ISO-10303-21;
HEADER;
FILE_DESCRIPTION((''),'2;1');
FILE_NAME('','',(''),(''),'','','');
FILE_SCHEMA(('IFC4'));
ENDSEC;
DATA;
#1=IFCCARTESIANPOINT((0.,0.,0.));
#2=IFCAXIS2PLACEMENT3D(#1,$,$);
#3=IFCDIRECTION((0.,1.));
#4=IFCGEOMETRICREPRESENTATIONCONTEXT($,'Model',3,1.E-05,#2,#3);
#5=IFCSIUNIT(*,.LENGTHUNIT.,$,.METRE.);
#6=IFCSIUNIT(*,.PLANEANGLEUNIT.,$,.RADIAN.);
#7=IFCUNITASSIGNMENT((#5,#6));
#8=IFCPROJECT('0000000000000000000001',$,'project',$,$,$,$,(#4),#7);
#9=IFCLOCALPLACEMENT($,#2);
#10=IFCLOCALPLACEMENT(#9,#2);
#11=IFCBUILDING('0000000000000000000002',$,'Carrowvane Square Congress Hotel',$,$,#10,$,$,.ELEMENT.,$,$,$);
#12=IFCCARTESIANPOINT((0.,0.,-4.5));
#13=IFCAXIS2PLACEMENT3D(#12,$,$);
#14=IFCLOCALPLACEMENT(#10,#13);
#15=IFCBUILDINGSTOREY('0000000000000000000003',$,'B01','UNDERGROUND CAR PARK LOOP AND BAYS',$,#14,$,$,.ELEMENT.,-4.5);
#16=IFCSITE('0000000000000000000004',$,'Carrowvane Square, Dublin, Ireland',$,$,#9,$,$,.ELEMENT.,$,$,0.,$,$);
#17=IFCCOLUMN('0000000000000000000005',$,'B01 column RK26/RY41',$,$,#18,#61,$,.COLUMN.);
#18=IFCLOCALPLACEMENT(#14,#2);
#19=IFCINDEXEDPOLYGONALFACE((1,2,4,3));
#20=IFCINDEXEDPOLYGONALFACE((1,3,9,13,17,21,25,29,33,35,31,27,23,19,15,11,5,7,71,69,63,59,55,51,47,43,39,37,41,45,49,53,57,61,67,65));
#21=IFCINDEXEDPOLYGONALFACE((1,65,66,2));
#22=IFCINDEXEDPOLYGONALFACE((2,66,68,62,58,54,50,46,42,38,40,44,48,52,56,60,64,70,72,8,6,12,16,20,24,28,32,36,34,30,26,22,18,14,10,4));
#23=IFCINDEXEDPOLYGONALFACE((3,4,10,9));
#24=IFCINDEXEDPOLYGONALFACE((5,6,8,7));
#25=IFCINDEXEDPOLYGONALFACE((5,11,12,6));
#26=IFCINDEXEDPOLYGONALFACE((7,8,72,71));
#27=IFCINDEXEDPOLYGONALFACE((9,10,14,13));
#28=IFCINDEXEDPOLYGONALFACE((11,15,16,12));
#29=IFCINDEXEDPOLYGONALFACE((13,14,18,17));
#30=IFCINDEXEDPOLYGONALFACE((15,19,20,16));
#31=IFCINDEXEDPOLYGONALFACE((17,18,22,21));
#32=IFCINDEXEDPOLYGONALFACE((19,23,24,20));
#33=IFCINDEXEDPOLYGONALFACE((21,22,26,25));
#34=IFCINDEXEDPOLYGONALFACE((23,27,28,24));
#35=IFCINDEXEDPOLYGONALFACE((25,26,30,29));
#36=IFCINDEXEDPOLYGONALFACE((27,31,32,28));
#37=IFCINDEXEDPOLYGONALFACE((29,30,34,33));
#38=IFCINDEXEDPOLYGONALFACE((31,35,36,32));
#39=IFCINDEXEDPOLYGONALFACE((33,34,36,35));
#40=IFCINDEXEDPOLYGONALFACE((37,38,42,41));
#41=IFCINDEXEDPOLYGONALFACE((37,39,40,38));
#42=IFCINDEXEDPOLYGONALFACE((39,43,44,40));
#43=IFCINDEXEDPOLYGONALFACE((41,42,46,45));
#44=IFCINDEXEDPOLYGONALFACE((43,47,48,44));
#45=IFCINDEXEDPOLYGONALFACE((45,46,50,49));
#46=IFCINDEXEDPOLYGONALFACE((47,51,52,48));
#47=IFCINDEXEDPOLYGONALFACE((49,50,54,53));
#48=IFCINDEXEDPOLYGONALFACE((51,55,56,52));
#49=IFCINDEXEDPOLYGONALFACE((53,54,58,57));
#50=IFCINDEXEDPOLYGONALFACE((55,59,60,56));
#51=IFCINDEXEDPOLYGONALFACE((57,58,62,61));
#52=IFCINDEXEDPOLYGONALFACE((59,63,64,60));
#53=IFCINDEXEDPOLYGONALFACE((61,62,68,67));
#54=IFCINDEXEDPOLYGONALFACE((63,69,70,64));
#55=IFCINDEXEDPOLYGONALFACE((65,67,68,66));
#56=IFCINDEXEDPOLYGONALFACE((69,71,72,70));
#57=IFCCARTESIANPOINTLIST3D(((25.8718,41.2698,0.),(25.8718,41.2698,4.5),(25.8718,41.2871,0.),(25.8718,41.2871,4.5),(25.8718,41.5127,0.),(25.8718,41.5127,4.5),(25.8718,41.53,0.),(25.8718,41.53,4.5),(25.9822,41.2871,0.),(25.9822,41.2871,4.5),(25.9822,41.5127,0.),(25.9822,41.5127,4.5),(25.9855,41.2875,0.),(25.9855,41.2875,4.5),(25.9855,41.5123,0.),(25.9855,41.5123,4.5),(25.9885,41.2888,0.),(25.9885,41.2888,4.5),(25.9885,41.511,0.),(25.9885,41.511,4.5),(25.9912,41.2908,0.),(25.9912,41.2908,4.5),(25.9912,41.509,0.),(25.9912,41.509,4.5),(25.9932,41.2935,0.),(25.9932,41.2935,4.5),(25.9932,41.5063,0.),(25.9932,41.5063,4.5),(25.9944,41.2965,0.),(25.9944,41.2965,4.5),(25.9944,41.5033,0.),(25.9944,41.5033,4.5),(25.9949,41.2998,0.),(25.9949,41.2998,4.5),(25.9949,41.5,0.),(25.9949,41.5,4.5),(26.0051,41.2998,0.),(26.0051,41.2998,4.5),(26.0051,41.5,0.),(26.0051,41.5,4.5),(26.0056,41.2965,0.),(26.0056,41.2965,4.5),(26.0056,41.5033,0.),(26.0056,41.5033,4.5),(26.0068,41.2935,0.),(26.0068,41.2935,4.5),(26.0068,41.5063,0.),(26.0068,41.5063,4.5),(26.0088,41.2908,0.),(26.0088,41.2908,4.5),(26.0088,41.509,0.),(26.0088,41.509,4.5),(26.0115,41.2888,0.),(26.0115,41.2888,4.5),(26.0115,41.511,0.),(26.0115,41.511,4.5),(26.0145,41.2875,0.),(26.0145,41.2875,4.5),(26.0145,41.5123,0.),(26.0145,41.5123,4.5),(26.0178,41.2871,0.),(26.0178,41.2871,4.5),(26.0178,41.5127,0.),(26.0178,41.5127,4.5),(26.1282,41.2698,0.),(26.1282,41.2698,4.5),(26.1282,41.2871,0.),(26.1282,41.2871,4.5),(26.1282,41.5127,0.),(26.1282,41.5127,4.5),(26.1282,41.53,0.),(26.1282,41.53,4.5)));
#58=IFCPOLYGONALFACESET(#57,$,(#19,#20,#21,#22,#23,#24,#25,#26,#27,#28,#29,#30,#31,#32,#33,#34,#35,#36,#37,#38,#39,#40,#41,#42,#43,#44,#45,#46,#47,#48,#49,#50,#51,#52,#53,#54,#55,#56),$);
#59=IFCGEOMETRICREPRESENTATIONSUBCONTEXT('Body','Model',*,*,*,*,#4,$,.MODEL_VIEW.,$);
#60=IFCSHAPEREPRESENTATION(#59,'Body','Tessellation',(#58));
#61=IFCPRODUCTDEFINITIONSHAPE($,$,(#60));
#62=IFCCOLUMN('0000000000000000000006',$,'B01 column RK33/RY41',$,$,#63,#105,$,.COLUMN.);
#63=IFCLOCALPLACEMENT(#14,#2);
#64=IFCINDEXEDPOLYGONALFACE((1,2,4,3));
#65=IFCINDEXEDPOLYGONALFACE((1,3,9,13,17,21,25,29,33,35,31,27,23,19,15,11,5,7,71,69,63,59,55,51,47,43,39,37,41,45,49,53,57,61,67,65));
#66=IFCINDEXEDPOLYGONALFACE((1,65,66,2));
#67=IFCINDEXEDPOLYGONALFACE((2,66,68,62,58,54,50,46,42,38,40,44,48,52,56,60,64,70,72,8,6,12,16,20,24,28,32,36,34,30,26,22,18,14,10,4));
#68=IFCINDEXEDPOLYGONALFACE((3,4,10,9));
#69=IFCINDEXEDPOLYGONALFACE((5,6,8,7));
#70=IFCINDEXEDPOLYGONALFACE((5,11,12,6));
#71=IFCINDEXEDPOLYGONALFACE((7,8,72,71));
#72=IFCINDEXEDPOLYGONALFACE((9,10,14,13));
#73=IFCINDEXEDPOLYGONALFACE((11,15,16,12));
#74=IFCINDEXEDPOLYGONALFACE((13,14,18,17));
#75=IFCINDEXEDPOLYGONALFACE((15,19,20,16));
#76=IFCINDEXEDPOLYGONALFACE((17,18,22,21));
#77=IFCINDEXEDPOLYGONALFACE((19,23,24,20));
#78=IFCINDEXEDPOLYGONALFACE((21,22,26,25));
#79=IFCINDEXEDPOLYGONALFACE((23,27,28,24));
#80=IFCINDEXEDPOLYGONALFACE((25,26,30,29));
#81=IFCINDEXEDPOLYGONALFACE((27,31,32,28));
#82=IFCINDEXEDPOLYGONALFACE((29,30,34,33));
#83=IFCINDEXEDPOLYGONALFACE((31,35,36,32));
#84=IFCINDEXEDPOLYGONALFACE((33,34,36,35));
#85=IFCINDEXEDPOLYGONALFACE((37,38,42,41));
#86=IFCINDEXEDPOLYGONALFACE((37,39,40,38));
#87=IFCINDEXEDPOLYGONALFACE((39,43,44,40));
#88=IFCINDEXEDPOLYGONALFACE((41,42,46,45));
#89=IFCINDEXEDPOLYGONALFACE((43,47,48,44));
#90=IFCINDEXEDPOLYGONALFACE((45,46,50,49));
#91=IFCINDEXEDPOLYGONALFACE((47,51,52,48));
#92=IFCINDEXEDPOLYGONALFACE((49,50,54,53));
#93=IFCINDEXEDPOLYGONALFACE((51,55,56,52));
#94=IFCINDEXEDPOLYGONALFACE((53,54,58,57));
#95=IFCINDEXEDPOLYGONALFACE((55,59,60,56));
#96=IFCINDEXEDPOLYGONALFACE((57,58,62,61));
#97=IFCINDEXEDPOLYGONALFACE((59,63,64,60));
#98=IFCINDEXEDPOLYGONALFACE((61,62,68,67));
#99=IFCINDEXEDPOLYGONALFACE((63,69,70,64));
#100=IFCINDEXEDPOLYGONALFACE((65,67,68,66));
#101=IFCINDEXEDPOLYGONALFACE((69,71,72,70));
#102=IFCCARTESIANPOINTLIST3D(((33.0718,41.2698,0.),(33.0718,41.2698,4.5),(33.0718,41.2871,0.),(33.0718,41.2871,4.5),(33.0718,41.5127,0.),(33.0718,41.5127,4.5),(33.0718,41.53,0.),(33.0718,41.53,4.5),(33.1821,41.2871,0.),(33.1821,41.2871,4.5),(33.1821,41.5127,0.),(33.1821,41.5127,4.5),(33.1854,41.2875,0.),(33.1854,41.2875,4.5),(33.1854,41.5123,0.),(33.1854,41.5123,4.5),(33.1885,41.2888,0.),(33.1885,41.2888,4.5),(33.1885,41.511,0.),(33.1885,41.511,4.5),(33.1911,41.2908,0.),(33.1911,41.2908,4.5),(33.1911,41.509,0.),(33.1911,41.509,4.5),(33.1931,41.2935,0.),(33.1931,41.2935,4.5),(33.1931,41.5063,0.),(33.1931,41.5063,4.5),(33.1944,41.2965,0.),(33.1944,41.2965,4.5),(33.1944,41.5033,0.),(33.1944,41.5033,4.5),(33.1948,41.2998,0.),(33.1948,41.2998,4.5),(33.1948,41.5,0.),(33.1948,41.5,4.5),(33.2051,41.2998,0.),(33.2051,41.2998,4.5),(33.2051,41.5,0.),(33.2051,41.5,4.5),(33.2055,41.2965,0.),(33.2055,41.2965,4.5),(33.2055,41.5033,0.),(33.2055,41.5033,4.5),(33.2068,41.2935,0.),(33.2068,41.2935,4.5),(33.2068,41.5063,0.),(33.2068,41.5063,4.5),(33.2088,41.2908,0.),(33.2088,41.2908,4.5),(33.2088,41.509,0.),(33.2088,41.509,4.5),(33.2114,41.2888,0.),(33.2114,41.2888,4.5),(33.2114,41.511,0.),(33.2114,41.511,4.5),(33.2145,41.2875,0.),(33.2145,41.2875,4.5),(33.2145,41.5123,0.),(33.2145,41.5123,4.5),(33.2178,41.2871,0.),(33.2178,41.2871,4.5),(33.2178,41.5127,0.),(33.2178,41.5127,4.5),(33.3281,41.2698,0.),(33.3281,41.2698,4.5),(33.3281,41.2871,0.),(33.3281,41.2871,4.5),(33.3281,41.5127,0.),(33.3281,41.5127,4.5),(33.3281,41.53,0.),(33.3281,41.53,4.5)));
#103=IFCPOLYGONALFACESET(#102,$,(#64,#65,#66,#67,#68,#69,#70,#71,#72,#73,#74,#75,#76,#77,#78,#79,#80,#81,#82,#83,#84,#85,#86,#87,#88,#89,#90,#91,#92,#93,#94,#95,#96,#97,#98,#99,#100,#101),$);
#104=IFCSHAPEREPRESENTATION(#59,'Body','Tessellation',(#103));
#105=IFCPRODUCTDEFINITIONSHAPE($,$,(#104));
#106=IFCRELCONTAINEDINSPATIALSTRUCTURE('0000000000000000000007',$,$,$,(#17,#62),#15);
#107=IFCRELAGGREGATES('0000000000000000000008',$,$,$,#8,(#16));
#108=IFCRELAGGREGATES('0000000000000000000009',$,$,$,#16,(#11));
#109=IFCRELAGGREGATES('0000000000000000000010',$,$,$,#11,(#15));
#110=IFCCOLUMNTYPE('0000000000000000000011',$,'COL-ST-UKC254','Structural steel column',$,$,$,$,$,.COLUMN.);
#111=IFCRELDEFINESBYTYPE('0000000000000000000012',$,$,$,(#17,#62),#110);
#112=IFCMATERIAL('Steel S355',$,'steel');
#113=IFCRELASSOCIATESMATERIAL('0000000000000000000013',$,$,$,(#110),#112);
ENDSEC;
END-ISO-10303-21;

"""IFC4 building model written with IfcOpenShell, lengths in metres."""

from ifc_helpers import new_model, si_unit, direction, frame, origin, origin_2d, place, context, subcontext, project, spatial, i_section, extrude, material, material_profile, profile_set, type_object, element, save


model = new_model("IFC4")

# Units and contexts
model_context = context("Model", 3, precision=1e-05, world=origin(), true_north=direction((0.0, 1.0)))
body_context = subcontext(model_context, "Body", "Model", "MODEL_VIEW")
ifc_project = project(units=[si_unit("LENGTHUNIT", "METRE"), si_unit("PLANEANGLEUNIT", "RADIAN")], contexts=[model_context])

# Site, building, storey
site_placement = place(None, origin())
site = spatial("IfcSite", under=ifc_project, at=site_placement, Name="Carrowvane Square, Dublin, Ireland", CompositionType="ELEMENT", RefElevation=0.0)
building_placement = place(site_placement, origin())
building = spatial("IfcBuilding", under=site, at=building_placement, Name="Carrowvane Square Congress Hotel", CompositionType="ELEMENT")
storey_placement = place(building_placement, frame((0.0, 0.0, -4.5)))
storey = spatial("IfcBuildingStorey", under=building, at=storey_placement, Name="B01", Description="UNDERGROUND CAR PARK LOOP AND BAYS", CompositionType="ELEMENT", Elevation=-4.5)

# Columns
ifc_material_1 = material(Name="Steel S355", Category="steel")
ifc_material_profile_1 = material_profile(ifc_material_1, i_section(OverallWidth=0.2563, OverallDepth=0.2603, WebThickness=0.0103, FlangeThickness=0.0173, FilletRadius=0.0127, at=origin_2d()), Name="UKC 254x254x89")
ifc_profile_set_1 = profile_set([ifc_material_profile_1], Name="Steel S355")
column_type = type_object("IfcColumnType", Name="COL-ST-UKC254", Description="Structural steel column", PredefinedType="COLUMN", material=ifc_profile_set_1)
for number, where, z_axis, x_axis, name in (
    (1, (26.0, 41.3999, 0.0), (0.0, 0.0, 1.0), (1.0, 0.0, 0.0), "B01 column RK26/RY41"),
    (2, (33.2, 41.3999, 0.0), (0.0, 0.0, 1.0), (1.0, 0.0, 0.0), "B01 column RK33/RY41"),
):
    element("IfcColumn", number, at=place(storey_placement, frame(where, z_axis=z_axis, x_axis=x_axis)), inside=storey, type_object=column_type, Name=name, PredefinedType="COLUMN", context=body_context, shape_type="SweptSolid", body=[
        extrude(i_section(OverallWidth=0.2563, OverallDepth=0.2603, WebThickness=0.0103, FlangeThickness=0.0173, FilletRadius=0.0127, at=origin_2d()), origin(), (0.0, 0.0, 1.0), 4.5),
    ])

save(model, "model.ifc")
